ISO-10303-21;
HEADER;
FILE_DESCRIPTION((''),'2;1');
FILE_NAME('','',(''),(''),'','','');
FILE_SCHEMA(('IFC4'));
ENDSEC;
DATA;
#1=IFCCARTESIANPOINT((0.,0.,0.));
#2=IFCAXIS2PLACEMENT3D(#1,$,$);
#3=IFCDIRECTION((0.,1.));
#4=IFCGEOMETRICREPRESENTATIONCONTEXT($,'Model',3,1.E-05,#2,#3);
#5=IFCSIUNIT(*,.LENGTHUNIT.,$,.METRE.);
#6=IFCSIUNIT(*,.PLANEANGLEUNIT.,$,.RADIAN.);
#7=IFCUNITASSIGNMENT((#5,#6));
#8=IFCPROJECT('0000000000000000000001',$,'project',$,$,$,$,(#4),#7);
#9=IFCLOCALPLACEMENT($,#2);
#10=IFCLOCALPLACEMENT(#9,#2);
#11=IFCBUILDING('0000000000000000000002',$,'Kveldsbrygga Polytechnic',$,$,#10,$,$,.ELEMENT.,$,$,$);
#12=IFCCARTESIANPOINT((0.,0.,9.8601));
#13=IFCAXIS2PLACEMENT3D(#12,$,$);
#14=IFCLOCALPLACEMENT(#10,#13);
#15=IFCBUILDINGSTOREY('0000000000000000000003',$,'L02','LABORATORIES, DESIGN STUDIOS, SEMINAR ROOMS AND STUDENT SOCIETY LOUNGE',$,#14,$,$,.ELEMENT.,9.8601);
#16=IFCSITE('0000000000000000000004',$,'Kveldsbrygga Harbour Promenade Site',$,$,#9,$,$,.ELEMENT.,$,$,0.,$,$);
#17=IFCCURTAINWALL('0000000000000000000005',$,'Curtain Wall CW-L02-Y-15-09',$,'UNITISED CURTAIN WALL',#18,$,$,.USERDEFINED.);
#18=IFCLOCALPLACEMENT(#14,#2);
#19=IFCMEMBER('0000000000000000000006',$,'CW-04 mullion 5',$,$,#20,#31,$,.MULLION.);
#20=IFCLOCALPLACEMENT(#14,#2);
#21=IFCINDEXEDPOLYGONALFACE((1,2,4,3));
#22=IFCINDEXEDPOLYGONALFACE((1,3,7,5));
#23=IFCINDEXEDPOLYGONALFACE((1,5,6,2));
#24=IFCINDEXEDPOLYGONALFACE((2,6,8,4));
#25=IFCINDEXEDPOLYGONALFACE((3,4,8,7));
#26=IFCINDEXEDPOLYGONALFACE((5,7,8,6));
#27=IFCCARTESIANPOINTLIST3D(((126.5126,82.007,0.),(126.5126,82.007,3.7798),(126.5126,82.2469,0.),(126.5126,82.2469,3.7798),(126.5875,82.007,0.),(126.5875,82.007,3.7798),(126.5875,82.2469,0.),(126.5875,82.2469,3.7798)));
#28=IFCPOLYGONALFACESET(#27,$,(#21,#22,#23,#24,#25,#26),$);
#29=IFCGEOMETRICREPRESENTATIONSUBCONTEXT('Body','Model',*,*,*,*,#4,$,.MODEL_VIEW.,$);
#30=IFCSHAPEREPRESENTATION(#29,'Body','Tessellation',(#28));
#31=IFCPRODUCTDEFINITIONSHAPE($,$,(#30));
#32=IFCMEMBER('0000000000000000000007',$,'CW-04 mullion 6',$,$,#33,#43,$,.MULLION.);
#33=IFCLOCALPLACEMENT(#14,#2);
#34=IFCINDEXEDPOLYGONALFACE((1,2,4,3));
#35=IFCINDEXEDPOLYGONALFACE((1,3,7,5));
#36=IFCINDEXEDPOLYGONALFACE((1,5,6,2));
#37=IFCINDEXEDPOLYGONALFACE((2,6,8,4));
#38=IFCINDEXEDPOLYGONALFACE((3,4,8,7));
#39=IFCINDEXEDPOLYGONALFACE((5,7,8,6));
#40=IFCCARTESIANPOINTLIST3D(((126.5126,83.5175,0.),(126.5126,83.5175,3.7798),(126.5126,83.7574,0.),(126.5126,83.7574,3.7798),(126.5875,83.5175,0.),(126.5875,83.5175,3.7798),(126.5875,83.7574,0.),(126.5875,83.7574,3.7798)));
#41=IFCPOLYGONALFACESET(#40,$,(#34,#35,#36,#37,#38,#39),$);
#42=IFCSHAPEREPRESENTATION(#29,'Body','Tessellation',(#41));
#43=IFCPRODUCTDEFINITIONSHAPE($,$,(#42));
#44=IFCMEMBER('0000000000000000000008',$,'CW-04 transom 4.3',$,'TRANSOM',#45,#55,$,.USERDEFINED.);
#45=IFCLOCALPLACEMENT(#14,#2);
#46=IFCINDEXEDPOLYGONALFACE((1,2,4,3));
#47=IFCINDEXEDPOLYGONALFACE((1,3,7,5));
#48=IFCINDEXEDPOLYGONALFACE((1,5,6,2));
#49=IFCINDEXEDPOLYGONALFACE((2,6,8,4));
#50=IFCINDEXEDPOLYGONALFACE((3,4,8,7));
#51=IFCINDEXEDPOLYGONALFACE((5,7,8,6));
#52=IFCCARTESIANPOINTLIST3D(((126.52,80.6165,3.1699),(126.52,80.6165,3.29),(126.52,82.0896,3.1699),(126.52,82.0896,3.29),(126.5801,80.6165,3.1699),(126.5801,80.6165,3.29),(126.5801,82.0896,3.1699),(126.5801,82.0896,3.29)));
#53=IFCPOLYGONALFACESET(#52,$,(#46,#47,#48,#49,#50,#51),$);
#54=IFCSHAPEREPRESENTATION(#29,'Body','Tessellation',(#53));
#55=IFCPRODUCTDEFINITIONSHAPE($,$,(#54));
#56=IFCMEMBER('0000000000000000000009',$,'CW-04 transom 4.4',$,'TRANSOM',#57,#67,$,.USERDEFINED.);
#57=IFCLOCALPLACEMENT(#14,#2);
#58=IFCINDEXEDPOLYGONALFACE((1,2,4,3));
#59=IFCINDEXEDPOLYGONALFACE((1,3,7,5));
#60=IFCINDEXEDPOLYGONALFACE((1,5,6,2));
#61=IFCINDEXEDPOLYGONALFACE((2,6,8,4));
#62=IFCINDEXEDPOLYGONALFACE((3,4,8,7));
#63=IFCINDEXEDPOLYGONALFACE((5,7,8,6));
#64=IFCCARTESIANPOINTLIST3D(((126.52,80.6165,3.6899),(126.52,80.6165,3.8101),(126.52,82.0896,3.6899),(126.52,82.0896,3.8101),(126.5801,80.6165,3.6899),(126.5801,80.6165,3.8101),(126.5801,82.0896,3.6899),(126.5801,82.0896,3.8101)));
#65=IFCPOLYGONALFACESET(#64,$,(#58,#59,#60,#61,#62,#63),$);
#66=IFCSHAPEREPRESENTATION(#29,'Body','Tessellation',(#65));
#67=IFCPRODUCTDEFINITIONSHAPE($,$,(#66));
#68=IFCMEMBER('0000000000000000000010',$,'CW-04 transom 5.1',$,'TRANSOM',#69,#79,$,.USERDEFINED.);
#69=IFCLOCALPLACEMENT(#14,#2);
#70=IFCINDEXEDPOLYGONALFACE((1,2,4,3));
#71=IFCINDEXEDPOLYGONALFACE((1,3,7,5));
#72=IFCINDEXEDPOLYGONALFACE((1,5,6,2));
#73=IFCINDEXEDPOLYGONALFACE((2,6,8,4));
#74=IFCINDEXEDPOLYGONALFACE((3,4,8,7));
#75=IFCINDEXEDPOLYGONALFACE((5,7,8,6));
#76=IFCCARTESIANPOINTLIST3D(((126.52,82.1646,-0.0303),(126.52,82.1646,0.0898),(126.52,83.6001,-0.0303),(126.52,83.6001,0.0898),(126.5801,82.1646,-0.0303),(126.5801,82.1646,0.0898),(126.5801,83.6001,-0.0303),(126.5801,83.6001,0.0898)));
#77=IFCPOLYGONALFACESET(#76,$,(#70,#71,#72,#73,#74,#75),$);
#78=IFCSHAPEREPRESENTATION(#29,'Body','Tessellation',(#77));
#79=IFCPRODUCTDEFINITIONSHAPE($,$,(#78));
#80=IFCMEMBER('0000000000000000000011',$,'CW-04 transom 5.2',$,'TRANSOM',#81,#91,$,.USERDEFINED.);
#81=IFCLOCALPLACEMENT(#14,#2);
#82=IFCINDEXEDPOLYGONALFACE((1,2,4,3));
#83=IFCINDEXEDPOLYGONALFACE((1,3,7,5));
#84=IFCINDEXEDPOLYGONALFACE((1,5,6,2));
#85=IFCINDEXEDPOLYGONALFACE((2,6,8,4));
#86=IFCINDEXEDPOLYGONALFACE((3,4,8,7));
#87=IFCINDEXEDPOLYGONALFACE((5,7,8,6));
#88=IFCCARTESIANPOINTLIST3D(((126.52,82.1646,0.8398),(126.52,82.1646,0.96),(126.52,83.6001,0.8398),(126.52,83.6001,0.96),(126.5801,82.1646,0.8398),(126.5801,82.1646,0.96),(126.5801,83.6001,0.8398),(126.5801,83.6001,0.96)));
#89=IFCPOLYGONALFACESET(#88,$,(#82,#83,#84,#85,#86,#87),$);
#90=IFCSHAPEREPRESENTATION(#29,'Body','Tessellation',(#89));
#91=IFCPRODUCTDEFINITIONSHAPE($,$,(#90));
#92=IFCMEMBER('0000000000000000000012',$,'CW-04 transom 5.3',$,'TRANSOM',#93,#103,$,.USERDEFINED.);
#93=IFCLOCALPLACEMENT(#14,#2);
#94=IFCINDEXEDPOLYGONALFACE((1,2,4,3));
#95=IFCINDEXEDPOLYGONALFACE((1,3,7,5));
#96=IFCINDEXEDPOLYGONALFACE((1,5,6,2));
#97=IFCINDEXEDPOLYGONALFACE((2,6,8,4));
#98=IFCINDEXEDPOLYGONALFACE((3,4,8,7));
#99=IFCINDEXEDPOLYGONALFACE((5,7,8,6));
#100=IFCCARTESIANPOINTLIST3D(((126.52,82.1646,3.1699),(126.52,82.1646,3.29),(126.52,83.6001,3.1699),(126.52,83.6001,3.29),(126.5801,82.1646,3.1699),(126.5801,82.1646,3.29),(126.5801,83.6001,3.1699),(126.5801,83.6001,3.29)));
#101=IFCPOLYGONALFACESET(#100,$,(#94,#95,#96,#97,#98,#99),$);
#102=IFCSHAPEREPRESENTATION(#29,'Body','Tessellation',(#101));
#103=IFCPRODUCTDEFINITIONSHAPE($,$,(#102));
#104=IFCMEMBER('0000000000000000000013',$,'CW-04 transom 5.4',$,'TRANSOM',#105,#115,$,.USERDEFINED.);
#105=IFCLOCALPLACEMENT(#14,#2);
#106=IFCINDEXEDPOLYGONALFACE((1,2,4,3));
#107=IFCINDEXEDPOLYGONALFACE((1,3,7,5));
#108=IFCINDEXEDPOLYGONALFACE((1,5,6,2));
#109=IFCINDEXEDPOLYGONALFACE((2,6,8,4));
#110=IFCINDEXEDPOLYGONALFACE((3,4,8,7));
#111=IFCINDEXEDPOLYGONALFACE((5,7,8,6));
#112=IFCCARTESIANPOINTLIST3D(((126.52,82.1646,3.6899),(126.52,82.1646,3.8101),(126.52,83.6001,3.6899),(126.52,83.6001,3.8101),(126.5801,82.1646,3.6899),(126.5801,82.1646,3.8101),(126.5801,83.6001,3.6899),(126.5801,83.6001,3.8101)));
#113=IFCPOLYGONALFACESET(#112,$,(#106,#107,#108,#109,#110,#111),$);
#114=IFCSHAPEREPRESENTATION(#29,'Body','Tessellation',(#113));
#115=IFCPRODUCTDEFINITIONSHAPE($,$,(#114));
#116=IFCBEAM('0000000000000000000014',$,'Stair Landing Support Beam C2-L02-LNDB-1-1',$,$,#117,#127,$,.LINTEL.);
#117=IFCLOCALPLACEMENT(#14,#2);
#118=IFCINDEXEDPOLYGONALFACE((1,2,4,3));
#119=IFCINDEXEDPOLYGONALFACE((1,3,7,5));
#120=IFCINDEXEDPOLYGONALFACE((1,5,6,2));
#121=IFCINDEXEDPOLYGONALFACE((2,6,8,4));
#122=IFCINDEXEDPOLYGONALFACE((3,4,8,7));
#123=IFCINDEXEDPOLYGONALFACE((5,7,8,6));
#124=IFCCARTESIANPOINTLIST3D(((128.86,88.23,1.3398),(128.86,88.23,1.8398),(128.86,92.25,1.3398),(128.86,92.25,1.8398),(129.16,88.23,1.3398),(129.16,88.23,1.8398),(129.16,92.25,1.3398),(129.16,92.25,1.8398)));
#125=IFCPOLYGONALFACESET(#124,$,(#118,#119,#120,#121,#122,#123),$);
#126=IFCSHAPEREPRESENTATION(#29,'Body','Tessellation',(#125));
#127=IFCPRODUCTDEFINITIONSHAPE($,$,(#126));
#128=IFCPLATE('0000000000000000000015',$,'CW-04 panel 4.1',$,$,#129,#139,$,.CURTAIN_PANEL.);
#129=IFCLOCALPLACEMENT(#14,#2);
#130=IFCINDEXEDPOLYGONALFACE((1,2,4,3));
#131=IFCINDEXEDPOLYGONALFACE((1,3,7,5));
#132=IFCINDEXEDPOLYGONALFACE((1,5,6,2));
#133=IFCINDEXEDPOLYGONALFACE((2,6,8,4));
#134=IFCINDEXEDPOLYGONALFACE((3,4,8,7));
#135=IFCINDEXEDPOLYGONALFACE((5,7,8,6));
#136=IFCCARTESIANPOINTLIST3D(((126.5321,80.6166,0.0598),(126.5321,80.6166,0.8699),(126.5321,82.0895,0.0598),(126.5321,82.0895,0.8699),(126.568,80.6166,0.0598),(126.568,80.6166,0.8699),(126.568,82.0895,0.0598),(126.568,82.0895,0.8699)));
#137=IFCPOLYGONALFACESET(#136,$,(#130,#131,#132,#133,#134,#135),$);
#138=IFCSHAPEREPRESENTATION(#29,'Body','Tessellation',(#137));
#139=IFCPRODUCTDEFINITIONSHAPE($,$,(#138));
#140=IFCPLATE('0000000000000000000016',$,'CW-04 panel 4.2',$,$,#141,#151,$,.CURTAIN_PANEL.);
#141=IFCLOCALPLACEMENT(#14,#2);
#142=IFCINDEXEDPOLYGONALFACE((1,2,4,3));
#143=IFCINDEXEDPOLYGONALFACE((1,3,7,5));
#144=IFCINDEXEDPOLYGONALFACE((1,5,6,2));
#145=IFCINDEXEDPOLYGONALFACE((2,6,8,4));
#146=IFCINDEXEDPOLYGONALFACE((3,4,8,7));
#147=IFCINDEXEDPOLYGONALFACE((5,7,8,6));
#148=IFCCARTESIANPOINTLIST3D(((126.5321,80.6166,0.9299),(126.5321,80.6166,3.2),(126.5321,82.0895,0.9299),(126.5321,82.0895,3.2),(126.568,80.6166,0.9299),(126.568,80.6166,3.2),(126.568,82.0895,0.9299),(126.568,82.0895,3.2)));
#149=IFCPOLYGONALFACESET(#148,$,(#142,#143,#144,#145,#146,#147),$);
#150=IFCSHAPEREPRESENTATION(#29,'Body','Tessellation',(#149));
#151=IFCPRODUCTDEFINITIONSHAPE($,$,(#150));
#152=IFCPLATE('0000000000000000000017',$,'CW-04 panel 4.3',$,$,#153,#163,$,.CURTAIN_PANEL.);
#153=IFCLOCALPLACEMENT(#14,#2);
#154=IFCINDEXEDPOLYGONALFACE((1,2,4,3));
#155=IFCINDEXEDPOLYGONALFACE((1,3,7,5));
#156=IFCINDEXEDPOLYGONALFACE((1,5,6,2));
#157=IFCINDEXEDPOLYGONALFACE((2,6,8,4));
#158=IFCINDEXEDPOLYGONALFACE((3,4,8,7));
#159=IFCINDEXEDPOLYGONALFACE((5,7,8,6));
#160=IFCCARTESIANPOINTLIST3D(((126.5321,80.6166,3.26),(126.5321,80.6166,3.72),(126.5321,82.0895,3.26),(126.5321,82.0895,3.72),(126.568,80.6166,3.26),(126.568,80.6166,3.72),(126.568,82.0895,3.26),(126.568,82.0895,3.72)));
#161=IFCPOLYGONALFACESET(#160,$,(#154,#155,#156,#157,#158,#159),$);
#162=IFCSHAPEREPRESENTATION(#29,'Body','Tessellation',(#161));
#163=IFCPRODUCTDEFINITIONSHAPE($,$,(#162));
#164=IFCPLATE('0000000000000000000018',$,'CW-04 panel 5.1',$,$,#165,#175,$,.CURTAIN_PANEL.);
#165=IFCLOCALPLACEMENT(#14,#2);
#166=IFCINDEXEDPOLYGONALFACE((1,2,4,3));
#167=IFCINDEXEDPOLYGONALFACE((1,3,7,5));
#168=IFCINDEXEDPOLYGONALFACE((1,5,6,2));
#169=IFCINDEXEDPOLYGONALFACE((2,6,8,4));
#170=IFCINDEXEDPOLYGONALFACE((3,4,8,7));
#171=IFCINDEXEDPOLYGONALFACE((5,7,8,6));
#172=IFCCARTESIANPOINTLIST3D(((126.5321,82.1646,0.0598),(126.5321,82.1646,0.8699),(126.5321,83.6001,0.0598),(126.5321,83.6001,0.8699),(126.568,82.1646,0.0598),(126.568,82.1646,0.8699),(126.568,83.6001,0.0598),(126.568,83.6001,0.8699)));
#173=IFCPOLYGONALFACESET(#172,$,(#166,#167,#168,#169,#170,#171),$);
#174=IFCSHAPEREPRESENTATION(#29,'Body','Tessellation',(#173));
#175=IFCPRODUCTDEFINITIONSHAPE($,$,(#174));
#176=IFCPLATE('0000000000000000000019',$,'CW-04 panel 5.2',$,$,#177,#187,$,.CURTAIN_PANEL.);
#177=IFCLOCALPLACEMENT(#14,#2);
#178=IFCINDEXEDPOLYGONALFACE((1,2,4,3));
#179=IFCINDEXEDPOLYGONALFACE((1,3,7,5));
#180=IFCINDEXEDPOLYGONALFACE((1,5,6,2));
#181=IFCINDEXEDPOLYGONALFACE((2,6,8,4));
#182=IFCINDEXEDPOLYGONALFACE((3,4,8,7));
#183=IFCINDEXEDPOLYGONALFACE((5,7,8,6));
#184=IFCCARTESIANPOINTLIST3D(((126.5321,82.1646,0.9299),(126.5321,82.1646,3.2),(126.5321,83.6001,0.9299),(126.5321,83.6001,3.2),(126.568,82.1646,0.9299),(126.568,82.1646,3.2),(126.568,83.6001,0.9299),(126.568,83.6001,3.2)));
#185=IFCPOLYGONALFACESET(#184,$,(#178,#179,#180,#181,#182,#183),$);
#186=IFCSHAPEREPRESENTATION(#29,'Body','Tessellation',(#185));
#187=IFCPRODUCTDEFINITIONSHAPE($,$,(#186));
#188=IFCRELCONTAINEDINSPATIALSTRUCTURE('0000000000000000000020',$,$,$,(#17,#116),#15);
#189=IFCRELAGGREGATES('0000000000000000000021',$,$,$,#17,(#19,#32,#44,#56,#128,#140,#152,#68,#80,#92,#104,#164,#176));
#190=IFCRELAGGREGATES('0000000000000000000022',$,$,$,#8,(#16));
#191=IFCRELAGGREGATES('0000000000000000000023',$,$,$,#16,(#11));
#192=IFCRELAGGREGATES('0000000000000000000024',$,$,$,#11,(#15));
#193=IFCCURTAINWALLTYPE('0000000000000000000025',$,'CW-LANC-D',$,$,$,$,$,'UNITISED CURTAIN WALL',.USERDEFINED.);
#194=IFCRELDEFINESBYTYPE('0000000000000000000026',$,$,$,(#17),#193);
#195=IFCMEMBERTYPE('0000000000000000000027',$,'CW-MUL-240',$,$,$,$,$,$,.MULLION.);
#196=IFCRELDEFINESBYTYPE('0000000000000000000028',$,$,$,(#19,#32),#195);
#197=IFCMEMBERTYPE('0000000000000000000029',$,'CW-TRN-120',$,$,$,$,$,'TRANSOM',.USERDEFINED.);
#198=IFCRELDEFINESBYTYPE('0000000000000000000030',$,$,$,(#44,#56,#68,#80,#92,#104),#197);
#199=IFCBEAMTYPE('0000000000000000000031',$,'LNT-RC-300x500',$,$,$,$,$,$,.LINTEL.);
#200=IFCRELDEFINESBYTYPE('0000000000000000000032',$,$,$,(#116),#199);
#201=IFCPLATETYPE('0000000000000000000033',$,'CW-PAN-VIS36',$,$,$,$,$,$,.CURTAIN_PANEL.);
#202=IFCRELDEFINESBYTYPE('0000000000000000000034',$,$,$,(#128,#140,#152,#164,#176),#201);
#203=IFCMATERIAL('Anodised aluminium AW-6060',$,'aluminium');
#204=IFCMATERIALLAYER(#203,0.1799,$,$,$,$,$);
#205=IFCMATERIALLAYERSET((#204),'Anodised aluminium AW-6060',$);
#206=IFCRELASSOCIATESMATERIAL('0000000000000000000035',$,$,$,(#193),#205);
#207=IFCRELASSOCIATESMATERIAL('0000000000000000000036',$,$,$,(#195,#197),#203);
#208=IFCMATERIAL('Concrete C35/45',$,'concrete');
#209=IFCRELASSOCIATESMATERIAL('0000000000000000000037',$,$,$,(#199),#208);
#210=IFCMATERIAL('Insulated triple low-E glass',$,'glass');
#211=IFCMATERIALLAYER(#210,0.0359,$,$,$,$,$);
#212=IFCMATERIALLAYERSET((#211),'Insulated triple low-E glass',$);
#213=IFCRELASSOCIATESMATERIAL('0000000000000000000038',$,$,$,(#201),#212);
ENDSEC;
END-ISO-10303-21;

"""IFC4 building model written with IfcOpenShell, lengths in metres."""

from ifc_helpers import new_model, si_unit, direction, frame, origin, origin_2d, place, context, subcontext, project, spatial, rectangle, extrude, material, layer, layer_set, material_profile, profile_set, type_object, element, aggregate, save


model = new_model("IFC4")

# Units and contexts
model_context = context("Model", 3, precision=1e-05, world=origin(), true_north=direction((0.0, 1.0)))
body_context = subcontext(model_context, "Body", "Model", "MODEL_VIEW")
ifc_project = project(units=[si_unit("LENGTHUNIT", "METRE"), si_unit("PLANEANGLEUNIT", "RADIAN")], contexts=[model_context])

# Site, building, storey
site_placement = place(None, origin())
site = spatial("IfcSite", under=ifc_project, at=site_placement, Name="Kveldsbrygga Harbour Promenade Site", CompositionType="ELEMENT", RefElevation=0.0)
building_placement = place(site_placement, origin())
building = spatial("IfcBuilding", under=site, at=building_placement, Name="Kveldsbrygga Polytechnic", CompositionType="ELEMENT")
storey_placement = place(building_placement, frame((0.0, 0.0, 9.8601)))
storey = spatial("IfcBuildingStorey", under=building, at=storey_placement, Name="L02", Description="LABORATORIES, DESIGN STUDIOS, SEMINAR ROOMS AND STUDENT SOCIETY LOUNGE", CompositionType="ELEMENT", Elevation=9.8601)

# Curtain wall, members
ifc_material_1 = material(Name="Anodised aluminium AW-6060", Category="aluminium")
ifc_layer_1 = layer(ifc_material_1, 0.1799)
ifc_layer_set_1 = layer_set([ifc_layer_1], Name="Anodised aluminium AW-6060")
curtain_wall_type = type_object("IfcCurtainWallType", Name="CW-LANC-D", ElementType="UNITISED CURTAIN WALL", PredefinedType="USERDEFINED", material=ifc_layer_set_1)
curtain_wall_placement = place(storey_placement, origin())
curtain_wall = element("IfcCurtainWall", 1, at=curtain_wall_placement, inside=storey, type_object=curtain_wall_type, Name="Curtain Wall CW-L02-Y-15-09", ObjectType="UNITISED CURTAIN WALL", PredefinedType="USERDEFINED")
ifc_material_profile_1 = material_profile(ifc_material_1, rectangle(XDim=0.075, YDim=0.24, at=origin_2d()), Name="ALU 75x240")
ifc_profile_set_1 = profile_set([ifc_material_profile_1], Name="Anodised aluminium AW-6060")
member_type_1 = type_object("IfcMemberType", Name="CW-MUL-240", PredefinedType="MULLION", material=ifc_profile_set_1)
member_1_placement = place(storey_placement, frame((126.55, 82.127, 0.0), z_axis=(0.0, 0.0, 1.0), x_axis=(-1.0, 0.0, 0.0)))
member_1 = element("IfcMember", 2, at=member_1_placement, type_object=member_type_1, Name="CW-04 mullion 5", PredefinedType="MULLION", context=body_context, shape_type="SweptSolid", body=[
    extrude(rectangle(XDim=0.075, YDim=0.24, at=origin_2d()), origin(), (0.0, 0.0, 1.0), 3.7798),
])
member_2_placement = place(storey_placement, frame((126.55, 83.6375, 0.0), z_axis=(0.0, 0.0, 1.0), x_axis=(-1.0, 0.0, 0.0)))
member_2 = element("IfcMember", 3, at=member_2_placement, type_object=member_type_1, Name="CW-04 mullion 6", PredefinedType="MULLION", context=body_context, shape_type="SweptSolid", body=[
    extrude(rectangle(XDim=0.075, YDim=0.24, at=origin_2d()), origin(), (0.0, 0.0, 1.0), 3.7798),
])
ifc_material_profile_2 = material_profile(ifc_material_1, rectangle(XDim=0.0601, YDim=0.1201, at=origin_2d()), Name="ALU 60x120")
ifc_profile_set_2 = profile_set([ifc_material_profile_2], Name="Anodised aluminium AW-6060")
member_type_2 = type_object("IfcMemberType", Name="CW-TRN-120", ElementType="TRANSOM", PredefinedType="USERDEFINED", material=ifc_profile_set_2)
member_3_placement = place(storey_placement, frame((126.55, 80.6165, 3.23), z_axis=(0.0, 1.0, 0.0), x_axis=(-1.0, 0.0, 0.0)))
member_3 = element("IfcMember", 4, at=member_3_placement, type_object=member_type_2, Name="CW-04 transom 4.3", ObjectType="TRANSOM", PredefinedType="USERDEFINED", context=body_context, shape_type="SweptSolid", body=[
    extrude(rectangle(XDim=0.0601, YDim=0.1201, at=origin_2d()), origin(), (0.0, 0.0, 1.0), 1.4731),
])
member_4_placement = place(storey_placement, frame((126.55, 80.6165, 3.75), z_axis=(0.0, 1.0, 0.0), x_axis=(-1.0, 0.0, 0.0)))
member_4 = element("IfcMember", 5, at=member_4_placement, type_object=member_type_2, Name="CW-04 transom 4.4", ObjectType="TRANSOM", PredefinedType="USERDEFINED", context=body_context, shape_type="SweptSolid", body=[
    extrude(rectangle(XDim=0.0601, YDim=0.1201, at=origin_2d()), origin(), (0.0, 0.0, 1.0), 1.4731),
])
member_5_placement = place(storey_placement, frame((126.55, 82.1646, 0.0298), z_axis=(0.0, 1.0, 0.0), x_axis=(-1.0, 0.0, 0.0)))
member_5 = element("IfcMember", 6, at=member_5_placement, type_object=member_type_2, Name="CW-04 transom 5.1", ObjectType="TRANSOM", PredefinedType="USERDEFINED", context=body_context, shape_type="SweptSolid", body=[
    extrude(rectangle(XDim=0.0601, YDim=0.1201, at=origin_2d()), origin(), (0.0, 0.0, 1.0), 1.4355),
])
member_6_placement = place(storey_placement, frame((126.55, 82.1646, 0.8999), z_axis=(0.0, 1.0, 0.0), x_axis=(-1.0, 0.0, 0.0)))
member_6 = element("IfcMember", 7, at=member_6_placement, type_object=member_type_2, Name="CW-04 transom 5.2", ObjectType="TRANSOM", PredefinedType="USERDEFINED", context=body_context, shape_type="SweptSolid", body=[
    extrude(rectangle(XDim=0.0601, YDim=0.1201, at=origin_2d()), origin(), (0.0, 0.0, 1.0), 1.4355),
])
member_7_placement = place(storey_placement, frame((126.55, 82.1646, 3.23), z_axis=(0.0, 1.0, 0.0), x_axis=(-1.0, 0.0, 0.0)))
member_7 = element("IfcMember", 8, at=member_7_placement, type_object=member_type_2, Name="CW-04 transom 5.3", ObjectType="TRANSOM", PredefinedType="USERDEFINED", context=body_context, shape_type="SweptSolid", body=[
    extrude(rectangle(XDim=0.0601, YDim=0.1201, at=origin_2d()), origin(), (0.0, 0.0, 1.0), 1.4355),
])
member_8_placement = place(storey_placement, frame((126.55, 82.1646, 3.75), z_axis=(0.0, 1.0, 0.0), x_axis=(-1.0, 0.0, 0.0)))
member_8 = element("IfcMember", 9, at=member_8_placement, type_object=member_type_2, Name="CW-04 transom 5.4", ObjectType="TRANSOM", PredefinedType="USERDEFINED", context=body_context, shape_type="SweptSolid", body=[
    extrude(rectangle(XDim=0.0601, YDim=0.1201, at=origin_2d()), origin(), (0.0, 0.0, 1.0), 1.4355),
])

# Beam
ifc_material_2 = material(Name="Concrete C35/45", Category="concrete")
ifc_material_profile_3 = material_profile(ifc_material_2, rectangle(XDim=0.3, YDim=0.5, at=origin_2d()), Name="RC 300x500")
ifc_profile_set_3 = profile_set([ifc_material_profile_3], Name="Concrete C35/45")
beam_type = type_object("IfcBeamType", Name="LNT-RC-300x500", PredefinedType="LINTEL", material=ifc_profile_set_3)
beam_placement = place(storey_placement, frame((129.01, 88.23, 1.5898), z_axis=(0.0, 1.0, 0.0), x_axis=(-1.0, 0.0, 0.0)))
element("IfcBeam", 10, at=beam_placement, inside=storey, type_object=beam_type, Name="Stair Landing Support Beam C2-L02-LNDB-1-1", PredefinedType="LINTEL", context=body_context, shape_type="SweptSolid", body=[
    extrude(rectangle(XDim=0.3, YDim=0.5, at=origin_2d()), origin(), (0.0, 0.0, 1.0), 4.02),
])

# Plates
ifc_material_3 = material(Name="Insulated triple low-E glass", Category="glass")
ifc_layer_2 = layer(ifc_material_3, 0.0359)
ifc_layer_set_2 = layer_set([ifc_layer_2], Name="Insulated triple low-E glass")
plate_type = type_object("IfcPlateType", Name="CW-PAN-VIS36", PredefinedType="CURTAIN_PANEL", material=ifc_layer_set_2)
plate_1_placement = place(storey_placement, frame((126.55, 81.353, 0.0598), z_axis=(0.0, 0.0, 1.0), x_axis=(0.0, 1.0, 0.0)))
plate_1 = element("IfcPlate", 11, at=plate_1_placement, type_object=plate_type, Name="CW-04 panel 4.1", PredefinedType="CURTAIN_PANEL", context=body_context, shape_type="SweptSolid", body=[
    extrude(rectangle(XDim=1.4729, YDim=0.0359, at=origin_2d()), origin(), (0.0, 0.0, 1.0), 0.8101),
])
plate_2_placement = place(storey_placement, frame((126.55, 81.353, 0.9299), z_axis=(0.0, 0.0, 1.0), x_axis=(0.0, 1.0, 0.0)))
plate_2 = element("IfcPlate", 12, at=plate_2_placement, type_object=plate_type, Name="CW-04 panel 4.2", PredefinedType="CURTAIN_PANEL", context=body_context, shape_type="SweptSolid", body=[
    extrude(rectangle(XDim=1.4729, YDim=0.0359, at=origin_2d()), origin(), (0.0, 0.0, 1.0), 2.27),
])
plate_3_placement = place(storey_placement, frame((126.55, 81.353, 3.26), z_axis=(0.0, 0.0, 1.0), x_axis=(0.0, 1.0, 0.0)))
plate_3 = element("IfcPlate", 13, at=plate_3_placement, type_object=plate_type, Name="CW-04 panel 4.3", PredefinedType="CURTAIN_PANEL", context=body_context, shape_type="SweptSolid", body=[
    extrude(rectangle(XDim=1.4729, YDim=0.0359, at=origin_2d()), origin(), (0.0, 0.0, 1.0), 0.46),
])
plate_4_placement = place(storey_placement, frame((126.55, 82.8823, 0.0598), z_axis=(0.0, 0.0, 1.0), x_axis=(0.0, 1.0, 0.0)))
plate_4 = element("IfcPlate", 14, at=plate_4_placement, type_object=plate_type, Name="CW-04 panel 5.1", PredefinedType="CURTAIN_PANEL", context=body_context, shape_type="SweptSolid", body=[
    extrude(rectangle(XDim=1.4355, YDim=0.0359, at=origin_2d()), origin(), (0.0, 0.0, 1.0), 0.8101),
])
plate_5_placement = place(storey_placement, frame((126.55, 82.8823, 0.9299), z_axis=(0.0, 0.0, 1.0), x_axis=(0.0, 1.0, 0.0)))
plate_5 = element("IfcPlate", 15, at=plate_5_placement, type_object=plate_type, Name="CW-04 panel 5.2", PredefinedType="CURTAIN_PANEL", context=body_context, shape_type="SweptSolid", body=[
    extrude(rectangle(XDim=1.4355, YDim=0.0359, at=origin_2d()), origin(), (0.0, 0.0, 1.0), 2.27),
])
aggregate(curtain_wall, [member_1, member_2, member_3, member_4, plate_1, plate_2, plate_3, member_5, member_6, member_7, member_8, plate_4, plate_5])

save(model, "model.ifc")
